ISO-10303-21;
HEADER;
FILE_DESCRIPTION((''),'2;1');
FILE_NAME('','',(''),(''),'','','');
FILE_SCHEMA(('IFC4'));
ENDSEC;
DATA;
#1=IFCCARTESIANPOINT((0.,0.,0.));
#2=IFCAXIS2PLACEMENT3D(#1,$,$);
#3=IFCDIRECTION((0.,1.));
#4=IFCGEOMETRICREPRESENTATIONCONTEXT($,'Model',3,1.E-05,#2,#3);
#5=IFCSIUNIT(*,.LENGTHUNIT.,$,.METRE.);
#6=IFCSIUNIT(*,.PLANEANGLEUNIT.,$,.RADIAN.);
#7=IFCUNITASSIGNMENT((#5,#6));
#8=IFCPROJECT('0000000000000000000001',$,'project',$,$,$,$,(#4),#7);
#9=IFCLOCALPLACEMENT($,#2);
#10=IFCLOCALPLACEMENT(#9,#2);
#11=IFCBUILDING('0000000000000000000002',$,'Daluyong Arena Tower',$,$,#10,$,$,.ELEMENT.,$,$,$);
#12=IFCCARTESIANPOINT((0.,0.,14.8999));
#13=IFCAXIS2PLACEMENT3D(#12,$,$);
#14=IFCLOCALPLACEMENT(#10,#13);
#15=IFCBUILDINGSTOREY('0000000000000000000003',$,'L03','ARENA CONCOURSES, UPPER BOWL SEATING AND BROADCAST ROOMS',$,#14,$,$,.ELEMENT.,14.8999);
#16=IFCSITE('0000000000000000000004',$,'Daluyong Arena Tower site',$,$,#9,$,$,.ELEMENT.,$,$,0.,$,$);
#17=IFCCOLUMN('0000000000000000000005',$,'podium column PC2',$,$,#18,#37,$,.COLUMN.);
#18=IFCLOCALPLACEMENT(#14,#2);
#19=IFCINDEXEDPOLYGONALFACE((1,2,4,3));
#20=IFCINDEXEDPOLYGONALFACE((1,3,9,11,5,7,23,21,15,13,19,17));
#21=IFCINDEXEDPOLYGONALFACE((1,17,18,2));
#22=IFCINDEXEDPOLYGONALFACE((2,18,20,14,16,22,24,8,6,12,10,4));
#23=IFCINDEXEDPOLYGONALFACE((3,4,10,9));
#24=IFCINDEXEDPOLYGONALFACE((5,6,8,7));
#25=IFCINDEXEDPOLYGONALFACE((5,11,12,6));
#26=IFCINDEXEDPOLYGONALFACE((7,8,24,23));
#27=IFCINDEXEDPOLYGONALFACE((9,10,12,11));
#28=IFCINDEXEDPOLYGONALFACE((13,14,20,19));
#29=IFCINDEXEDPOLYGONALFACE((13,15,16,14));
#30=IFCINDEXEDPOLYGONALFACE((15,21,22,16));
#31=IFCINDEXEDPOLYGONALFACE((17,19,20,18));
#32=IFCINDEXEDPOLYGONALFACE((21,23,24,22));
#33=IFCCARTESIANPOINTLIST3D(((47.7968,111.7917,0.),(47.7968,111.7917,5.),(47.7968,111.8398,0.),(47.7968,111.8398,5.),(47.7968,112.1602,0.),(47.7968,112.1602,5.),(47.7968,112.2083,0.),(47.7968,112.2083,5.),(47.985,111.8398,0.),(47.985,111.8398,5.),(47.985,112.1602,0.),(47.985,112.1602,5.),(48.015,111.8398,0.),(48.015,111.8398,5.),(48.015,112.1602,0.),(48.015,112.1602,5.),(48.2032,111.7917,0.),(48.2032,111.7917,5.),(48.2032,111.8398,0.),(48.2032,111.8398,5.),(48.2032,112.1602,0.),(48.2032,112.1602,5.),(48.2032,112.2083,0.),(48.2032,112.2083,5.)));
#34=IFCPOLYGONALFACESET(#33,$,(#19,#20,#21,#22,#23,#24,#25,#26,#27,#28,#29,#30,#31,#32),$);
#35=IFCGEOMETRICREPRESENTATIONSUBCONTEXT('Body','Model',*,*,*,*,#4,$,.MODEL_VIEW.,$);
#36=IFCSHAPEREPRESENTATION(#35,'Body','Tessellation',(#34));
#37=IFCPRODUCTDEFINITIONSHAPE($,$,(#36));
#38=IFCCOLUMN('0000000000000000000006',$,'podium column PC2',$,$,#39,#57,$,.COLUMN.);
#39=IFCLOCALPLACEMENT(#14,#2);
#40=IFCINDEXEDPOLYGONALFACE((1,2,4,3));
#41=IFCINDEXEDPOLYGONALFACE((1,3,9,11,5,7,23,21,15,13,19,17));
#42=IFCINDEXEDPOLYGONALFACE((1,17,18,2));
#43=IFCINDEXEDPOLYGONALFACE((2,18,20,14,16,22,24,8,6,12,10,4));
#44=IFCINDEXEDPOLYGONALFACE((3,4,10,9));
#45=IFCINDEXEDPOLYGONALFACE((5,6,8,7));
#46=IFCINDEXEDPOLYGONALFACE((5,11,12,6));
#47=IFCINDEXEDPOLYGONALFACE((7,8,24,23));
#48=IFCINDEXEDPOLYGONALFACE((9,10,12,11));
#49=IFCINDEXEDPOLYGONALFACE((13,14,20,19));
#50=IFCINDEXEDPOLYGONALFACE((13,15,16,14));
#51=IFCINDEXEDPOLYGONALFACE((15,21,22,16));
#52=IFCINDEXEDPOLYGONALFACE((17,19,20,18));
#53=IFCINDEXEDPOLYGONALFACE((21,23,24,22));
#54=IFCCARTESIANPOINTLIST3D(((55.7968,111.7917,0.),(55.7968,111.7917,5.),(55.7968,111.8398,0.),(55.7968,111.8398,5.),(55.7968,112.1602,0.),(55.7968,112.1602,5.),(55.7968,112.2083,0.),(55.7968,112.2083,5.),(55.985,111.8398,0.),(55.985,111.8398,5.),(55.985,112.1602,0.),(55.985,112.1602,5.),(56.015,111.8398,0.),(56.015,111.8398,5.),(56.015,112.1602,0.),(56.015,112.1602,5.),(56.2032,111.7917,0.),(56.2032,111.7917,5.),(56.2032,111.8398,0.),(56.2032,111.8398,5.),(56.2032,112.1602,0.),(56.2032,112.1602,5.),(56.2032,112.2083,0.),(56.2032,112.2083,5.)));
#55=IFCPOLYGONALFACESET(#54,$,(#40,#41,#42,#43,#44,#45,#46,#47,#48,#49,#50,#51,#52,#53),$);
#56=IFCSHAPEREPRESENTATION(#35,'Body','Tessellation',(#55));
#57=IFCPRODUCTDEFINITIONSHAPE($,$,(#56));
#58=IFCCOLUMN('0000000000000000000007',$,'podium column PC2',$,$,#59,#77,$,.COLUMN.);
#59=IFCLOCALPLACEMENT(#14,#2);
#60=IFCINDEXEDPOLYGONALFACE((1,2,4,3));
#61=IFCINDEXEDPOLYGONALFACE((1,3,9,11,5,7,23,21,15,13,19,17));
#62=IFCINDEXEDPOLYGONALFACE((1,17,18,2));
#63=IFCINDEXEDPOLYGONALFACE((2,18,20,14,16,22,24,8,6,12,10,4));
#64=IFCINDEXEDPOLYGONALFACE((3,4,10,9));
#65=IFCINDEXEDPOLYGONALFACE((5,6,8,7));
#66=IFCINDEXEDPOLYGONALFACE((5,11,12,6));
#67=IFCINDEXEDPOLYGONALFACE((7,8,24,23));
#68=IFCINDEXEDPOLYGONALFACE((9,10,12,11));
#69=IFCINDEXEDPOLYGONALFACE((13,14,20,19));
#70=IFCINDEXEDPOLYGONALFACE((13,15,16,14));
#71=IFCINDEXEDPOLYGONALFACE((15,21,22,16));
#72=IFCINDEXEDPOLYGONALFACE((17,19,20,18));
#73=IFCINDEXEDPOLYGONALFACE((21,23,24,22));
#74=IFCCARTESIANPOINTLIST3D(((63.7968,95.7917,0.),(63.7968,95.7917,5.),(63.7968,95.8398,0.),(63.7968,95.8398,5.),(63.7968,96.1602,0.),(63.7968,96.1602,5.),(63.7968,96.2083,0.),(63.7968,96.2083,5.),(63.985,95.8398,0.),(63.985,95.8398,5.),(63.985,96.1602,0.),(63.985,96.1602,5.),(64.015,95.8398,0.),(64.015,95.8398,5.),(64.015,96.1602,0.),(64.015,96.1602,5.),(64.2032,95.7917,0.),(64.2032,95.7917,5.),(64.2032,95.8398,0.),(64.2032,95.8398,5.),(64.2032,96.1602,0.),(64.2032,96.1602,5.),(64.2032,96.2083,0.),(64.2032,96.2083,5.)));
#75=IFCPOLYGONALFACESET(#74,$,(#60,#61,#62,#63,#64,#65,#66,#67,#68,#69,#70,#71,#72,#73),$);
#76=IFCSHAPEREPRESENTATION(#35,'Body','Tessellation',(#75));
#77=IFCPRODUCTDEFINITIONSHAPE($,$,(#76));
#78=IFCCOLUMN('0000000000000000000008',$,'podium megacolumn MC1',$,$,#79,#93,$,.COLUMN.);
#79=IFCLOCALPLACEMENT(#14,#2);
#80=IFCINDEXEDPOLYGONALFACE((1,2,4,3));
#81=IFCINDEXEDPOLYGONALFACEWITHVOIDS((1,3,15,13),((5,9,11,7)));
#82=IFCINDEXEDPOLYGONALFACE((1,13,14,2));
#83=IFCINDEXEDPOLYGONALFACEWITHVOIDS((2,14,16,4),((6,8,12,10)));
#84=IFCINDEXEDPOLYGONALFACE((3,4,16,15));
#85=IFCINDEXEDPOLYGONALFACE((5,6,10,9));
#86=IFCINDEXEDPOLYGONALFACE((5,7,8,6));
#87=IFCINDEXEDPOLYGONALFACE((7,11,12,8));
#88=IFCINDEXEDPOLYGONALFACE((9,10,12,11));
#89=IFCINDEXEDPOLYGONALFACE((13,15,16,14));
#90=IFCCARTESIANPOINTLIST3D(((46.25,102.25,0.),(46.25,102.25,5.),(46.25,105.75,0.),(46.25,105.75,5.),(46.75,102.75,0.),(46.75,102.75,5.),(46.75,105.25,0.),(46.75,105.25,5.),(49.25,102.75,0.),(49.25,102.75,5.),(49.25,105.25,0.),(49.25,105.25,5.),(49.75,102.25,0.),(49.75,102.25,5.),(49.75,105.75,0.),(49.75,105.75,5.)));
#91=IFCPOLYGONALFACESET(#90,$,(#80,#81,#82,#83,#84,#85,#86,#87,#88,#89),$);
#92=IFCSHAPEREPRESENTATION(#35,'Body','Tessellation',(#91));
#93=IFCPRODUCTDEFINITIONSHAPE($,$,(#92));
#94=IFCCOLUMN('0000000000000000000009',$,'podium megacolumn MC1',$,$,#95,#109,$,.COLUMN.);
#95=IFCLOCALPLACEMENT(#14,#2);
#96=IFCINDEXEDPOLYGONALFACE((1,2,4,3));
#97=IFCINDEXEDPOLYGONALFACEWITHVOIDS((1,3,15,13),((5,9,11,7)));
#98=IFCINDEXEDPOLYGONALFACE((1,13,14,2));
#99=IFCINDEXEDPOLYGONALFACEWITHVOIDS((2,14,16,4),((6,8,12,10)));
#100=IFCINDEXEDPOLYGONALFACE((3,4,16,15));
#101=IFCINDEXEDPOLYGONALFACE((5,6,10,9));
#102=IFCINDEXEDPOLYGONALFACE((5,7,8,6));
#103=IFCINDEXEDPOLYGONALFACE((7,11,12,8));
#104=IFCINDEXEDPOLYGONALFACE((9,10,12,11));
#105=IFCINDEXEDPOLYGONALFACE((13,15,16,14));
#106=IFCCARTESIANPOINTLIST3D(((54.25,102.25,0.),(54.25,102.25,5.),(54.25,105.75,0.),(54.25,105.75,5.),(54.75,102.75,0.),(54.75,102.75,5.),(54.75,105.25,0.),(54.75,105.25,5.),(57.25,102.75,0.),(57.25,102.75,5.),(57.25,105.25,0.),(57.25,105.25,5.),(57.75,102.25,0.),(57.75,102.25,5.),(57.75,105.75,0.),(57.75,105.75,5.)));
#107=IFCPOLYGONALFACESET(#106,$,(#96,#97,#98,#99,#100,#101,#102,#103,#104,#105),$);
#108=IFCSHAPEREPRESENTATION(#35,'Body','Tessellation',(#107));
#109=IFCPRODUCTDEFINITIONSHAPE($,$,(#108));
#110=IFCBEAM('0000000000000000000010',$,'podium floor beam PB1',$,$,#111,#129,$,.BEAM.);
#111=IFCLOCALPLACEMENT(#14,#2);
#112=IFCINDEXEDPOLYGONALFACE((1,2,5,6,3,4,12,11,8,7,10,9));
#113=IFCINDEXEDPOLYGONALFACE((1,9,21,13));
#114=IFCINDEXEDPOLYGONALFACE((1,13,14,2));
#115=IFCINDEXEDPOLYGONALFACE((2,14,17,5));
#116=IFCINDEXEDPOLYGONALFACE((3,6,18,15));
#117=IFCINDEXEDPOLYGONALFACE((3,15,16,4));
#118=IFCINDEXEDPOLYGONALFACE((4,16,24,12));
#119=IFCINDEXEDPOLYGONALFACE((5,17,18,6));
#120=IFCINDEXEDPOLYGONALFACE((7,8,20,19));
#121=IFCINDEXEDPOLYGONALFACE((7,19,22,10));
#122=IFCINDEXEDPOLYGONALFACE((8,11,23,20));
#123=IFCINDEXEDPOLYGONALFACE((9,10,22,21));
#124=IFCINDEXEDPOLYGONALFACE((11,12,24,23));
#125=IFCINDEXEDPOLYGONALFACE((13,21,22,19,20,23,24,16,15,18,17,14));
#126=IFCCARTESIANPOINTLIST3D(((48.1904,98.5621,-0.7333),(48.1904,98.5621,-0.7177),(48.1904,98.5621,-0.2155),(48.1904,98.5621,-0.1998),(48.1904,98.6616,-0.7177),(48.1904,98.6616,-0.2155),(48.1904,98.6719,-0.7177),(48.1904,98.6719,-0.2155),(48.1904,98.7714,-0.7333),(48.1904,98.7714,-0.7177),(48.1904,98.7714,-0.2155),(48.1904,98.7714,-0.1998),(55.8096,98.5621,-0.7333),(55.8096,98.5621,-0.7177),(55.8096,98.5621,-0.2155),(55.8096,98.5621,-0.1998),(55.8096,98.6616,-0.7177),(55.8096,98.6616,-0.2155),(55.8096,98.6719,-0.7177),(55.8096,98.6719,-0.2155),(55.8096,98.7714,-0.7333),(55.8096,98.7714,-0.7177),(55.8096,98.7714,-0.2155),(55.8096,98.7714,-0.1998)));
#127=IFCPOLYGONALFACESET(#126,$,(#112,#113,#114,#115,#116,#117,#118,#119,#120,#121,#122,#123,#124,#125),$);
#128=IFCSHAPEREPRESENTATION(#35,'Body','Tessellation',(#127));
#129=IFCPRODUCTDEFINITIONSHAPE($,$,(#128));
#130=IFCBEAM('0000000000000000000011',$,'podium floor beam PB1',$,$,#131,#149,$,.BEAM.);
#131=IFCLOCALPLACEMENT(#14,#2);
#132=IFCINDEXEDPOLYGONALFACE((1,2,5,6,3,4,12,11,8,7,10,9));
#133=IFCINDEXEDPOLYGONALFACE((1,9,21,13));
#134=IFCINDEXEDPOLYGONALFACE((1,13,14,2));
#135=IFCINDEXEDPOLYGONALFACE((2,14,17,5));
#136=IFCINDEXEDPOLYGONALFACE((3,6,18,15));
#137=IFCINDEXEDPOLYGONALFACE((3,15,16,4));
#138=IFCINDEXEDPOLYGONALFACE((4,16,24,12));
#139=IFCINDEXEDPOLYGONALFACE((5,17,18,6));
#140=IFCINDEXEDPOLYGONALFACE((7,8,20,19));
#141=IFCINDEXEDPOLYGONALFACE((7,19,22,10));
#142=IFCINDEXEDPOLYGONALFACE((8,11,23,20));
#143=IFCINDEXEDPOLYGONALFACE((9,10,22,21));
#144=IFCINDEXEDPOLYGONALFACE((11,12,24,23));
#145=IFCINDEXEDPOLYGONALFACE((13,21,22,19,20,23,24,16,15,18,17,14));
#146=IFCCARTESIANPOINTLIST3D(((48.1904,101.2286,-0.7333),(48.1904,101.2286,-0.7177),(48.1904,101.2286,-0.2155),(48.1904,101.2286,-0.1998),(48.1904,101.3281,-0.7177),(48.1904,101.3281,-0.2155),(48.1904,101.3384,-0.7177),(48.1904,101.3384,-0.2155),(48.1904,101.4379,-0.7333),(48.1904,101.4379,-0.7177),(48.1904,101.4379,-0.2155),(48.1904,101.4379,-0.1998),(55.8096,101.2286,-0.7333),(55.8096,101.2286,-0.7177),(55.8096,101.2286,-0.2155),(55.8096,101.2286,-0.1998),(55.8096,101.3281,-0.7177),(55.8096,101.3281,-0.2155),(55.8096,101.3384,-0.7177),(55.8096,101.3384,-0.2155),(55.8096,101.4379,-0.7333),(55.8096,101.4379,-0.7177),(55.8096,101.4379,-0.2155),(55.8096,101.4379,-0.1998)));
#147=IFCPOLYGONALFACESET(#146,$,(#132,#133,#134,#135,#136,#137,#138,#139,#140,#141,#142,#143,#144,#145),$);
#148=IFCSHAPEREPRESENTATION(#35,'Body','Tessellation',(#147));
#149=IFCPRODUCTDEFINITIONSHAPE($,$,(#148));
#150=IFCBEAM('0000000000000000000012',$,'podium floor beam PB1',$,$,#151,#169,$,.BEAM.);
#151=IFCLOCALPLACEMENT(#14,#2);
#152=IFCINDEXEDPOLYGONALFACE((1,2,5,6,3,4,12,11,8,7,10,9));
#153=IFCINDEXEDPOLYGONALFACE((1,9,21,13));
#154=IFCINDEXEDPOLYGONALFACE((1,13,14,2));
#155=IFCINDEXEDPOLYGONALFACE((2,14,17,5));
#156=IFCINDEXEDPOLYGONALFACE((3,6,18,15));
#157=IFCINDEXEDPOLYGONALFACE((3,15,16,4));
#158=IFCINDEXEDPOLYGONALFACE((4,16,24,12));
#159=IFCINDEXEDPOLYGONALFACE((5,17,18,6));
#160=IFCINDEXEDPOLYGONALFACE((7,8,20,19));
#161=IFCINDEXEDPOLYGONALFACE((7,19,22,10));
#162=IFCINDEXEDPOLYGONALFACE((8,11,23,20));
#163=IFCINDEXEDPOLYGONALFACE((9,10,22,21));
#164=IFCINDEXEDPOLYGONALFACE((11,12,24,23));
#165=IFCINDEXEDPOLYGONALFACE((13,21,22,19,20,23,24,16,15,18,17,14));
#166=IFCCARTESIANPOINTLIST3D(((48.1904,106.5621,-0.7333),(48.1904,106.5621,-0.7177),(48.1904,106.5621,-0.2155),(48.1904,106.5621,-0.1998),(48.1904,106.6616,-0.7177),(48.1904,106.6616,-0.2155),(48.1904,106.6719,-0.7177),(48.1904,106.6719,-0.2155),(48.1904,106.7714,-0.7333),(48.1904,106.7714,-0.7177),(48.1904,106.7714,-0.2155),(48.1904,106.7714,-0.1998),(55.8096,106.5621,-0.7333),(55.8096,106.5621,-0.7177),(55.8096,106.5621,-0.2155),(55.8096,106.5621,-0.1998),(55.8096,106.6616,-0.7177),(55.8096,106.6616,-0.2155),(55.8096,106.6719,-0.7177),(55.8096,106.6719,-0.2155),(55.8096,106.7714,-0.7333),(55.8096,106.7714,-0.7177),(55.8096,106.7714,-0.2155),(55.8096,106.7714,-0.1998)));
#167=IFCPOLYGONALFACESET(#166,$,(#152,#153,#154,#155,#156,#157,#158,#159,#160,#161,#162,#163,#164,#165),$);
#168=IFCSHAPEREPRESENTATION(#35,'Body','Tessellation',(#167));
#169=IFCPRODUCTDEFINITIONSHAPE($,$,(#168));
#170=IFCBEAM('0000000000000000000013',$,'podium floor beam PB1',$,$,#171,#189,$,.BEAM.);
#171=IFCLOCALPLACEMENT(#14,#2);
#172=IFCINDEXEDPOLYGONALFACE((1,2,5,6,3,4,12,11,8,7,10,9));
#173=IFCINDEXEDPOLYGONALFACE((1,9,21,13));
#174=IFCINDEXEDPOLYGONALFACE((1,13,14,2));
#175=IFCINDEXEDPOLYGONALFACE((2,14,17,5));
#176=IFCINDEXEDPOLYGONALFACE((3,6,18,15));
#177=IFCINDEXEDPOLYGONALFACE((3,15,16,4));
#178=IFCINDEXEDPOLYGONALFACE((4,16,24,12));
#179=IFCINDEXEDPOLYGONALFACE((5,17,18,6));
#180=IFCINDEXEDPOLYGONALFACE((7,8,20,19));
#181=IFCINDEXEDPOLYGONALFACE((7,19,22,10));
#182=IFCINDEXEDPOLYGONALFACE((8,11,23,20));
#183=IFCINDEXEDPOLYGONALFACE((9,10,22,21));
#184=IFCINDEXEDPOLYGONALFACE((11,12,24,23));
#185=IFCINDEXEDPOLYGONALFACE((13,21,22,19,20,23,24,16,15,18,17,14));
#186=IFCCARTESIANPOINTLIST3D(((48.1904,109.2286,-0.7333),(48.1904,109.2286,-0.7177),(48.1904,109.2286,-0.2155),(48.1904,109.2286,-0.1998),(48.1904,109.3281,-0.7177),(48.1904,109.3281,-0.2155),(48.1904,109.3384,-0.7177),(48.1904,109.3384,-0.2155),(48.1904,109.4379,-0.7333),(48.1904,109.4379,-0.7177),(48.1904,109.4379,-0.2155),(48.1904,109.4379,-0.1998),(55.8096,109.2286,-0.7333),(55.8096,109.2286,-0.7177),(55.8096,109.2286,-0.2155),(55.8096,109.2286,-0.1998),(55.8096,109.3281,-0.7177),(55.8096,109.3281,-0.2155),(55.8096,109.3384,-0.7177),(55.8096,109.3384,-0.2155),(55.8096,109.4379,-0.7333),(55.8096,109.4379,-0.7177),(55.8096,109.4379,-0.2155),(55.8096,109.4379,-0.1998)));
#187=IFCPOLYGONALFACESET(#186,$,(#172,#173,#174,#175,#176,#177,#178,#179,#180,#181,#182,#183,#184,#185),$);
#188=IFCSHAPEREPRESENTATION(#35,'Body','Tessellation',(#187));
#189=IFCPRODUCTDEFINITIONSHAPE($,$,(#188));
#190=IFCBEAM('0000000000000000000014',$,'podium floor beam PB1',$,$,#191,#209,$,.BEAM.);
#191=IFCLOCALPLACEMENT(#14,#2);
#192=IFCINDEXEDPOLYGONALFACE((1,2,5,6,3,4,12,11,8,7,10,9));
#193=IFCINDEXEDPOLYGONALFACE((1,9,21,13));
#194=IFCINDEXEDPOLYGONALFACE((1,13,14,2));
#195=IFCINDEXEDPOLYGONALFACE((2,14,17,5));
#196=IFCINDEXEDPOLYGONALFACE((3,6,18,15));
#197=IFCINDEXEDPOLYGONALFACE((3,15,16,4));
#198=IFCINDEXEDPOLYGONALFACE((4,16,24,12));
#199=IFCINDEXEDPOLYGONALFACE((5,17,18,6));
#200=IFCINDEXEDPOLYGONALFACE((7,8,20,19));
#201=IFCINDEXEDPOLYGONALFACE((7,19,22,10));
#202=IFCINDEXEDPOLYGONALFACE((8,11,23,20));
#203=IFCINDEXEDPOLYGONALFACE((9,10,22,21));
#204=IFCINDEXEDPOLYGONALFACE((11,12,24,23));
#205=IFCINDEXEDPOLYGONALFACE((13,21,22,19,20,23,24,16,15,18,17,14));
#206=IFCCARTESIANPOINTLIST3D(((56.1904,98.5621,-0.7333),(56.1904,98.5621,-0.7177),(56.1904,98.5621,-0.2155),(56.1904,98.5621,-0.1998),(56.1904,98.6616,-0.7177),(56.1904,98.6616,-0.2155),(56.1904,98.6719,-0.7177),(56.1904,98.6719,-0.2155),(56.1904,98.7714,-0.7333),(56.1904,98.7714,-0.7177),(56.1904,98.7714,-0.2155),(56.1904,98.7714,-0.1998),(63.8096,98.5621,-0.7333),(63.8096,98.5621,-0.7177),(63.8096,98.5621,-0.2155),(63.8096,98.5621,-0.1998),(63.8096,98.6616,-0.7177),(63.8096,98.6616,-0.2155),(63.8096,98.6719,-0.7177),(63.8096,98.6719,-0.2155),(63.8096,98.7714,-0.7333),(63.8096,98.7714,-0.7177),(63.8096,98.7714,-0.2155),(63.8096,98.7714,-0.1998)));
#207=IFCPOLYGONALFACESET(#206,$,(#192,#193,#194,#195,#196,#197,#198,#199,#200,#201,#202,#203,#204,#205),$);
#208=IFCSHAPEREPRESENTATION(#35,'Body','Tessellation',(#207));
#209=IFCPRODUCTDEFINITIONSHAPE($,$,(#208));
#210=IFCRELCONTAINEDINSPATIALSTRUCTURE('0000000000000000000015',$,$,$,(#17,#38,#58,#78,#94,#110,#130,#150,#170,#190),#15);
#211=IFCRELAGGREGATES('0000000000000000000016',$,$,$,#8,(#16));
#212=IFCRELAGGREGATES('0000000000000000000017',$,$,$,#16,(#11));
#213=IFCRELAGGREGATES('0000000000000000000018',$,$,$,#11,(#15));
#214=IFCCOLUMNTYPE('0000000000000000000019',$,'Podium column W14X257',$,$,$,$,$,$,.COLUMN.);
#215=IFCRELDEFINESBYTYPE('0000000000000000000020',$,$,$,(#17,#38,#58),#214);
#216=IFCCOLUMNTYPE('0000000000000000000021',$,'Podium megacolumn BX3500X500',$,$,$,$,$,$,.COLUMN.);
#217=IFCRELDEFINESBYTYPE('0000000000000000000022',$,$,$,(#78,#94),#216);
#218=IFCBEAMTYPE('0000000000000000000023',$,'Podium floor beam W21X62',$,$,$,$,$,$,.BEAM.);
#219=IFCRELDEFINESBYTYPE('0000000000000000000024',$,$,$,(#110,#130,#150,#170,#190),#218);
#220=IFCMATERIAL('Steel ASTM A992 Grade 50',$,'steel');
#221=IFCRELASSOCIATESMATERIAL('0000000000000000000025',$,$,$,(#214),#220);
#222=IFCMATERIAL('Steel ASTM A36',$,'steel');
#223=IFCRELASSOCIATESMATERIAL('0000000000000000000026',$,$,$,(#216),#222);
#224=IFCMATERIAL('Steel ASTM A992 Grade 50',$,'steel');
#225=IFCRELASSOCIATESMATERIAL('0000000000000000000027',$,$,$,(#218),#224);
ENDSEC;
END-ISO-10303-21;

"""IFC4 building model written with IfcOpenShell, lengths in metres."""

from ifc_helpers import new_model, si_unit, direction, frame, origin, origin_2d, place, context, subcontext, project, spatial, hollow_rectangle, i_section, extrude, material, material_profile, profile_set, type_object, element, save


model = new_model("IFC4")

# Units and contexts
model_context = context("Model", 3, precision=1e-05, world=origin(), true_north=direction((0.0, 1.0)))
body_context = subcontext(model_context, "Body", "Model", "MODEL_VIEW")
ifc_project = project(units=[si_unit("LENGTHUNIT", "METRE"), si_unit("PLANEANGLEUNIT", "RADIAN")], contexts=[model_context])

# Site, building, storey
site_placement = place(None, origin())
site = spatial("IfcSite", under=ifc_project, at=site_placement, Name="Daluyong Arena Tower site", CompositionType="ELEMENT", RefElevation=0.0)
building_placement = place(site_placement, origin())
building = spatial("IfcBuilding", under=site, at=building_placement, Name="Daluyong Arena Tower", CompositionType="ELEMENT")
storey_placement = place(building_placement, frame((0.0, 0.0, 14.8999)))
storey = spatial("IfcBuildingStorey", under=building, at=storey_placement, Name="L03", Description="ARENA CONCOURSES, UPPER BOWL SEATING AND BROADCAST ROOMS", CompositionType="ELEMENT", Elevation=14.8999)

# Columns
ifc_material_1 = material(Name="Steel ASTM A992 Grade 50", Category="steel")
ifc_material_profile_1 = material_profile(ifc_material_1, i_section(OverallWidth=0.4065, OverallDepth=0.4165, WebThickness=0.03, FlangeThickness=0.0481, at=origin_2d()))
ifc_profile_set_1 = profile_set([ifc_material_profile_1], Name="Steel ASTM A992 Grade 50")
column_type_1 = type_object("IfcColumnType", Name="Podium column W14X257", PredefinedType="COLUMN", material=ifc_profile_set_1)
for number, where, z_axis, x_axis, name in (
    (1, (48.0, 112.0, 0.0), (0.0, 0.0, 1.0), (1.0, 0.0, 0.0), "podium column PC2"),
    (2, (56.0, 112.0, 0.0), (0.0, 0.0, 1.0), (1.0, 0.0, 0.0), "podium column PC2"),
    (3, (64.0, 96.0, 0.0), (0.0, 0.0, 1.0), (1.0, 0.0, 0.0), "podium column PC2"),
):
    element("IfcColumn", number, at=place(storey_placement, frame(where, z_axis=z_axis, x_axis=x_axis)), inside=storey, type_object=column_type_1, Name=name, PredefinedType="COLUMN", context=body_context, shape_type="SweptSolid", body=[
        extrude(i_section(OverallWidth=0.4065, OverallDepth=0.4165, WebThickness=0.03, FlangeThickness=0.0481, at=origin_2d()), origin(), (0.0, 0.0, 1.0), 5.0),
    ])
ifc_material_2 = material(Name="Steel ASTM A36", Category="steel")
ifc_material_profile_2 = material_profile(ifc_material_2, hollow_rectangle(XDim=3.5, YDim=3.5, WallThickness=0.5, at=origin_2d()))
ifc_profile_set_2 = profile_set([ifc_material_profile_2], Name="Steel ASTM A36")
column_type_2 = type_object("IfcColumnType", Name="Podium megacolumn BX3500X500", PredefinedType="COLUMN", material=ifc_profile_set_2)
for number, where, z_axis, x_axis, name in (
    (4, (48.0, 104.0, 0.0), (0.0, 0.0, 1.0), (1.0, 0.0, 0.0), "podium megacolumn MC1"),
    (5, (56.0, 104.0, 0.0), (0.0, 0.0, 1.0), (1.0, 0.0, 0.0), "podium megacolumn MC1"),
):
    element("IfcColumn", number, at=place(storey_placement, frame(where, z_axis=z_axis, x_axis=x_axis)), inside=storey, type_object=column_type_2, Name=name, PredefinedType="COLUMN", context=body_context, shape_type="SweptSolid", body=[
        extrude(hollow_rectangle(XDim=3.5, YDim=3.5, WallThickness=0.5, at=origin_2d()), origin(), (0.0, 0.0, 1.0), 5.0),
    ])

# Beams
ifc_material_3 = material(Name="Steel ASTM A992 Grade 50", Category="steel")
ifc_material_profile_3 = material_profile(ifc_material_3, i_section(OverallWidth=0.2092, OverallDepth=0.5334, WebThickness=0.0103, FlangeThickness=0.0156, at=origin_2d()))
ifc_profile_set_3 = profile_set([ifc_material_profile_3], Name="Steel ASTM A992 Grade 50")
beam_type_1 = type_object("IfcBeamType", Name="Podium floor beam W21X62", PredefinedType="BEAM", material=ifc_profile_set_3)
for number, where, z_axis, x_axis, name in (
    (6, (48.1904, 98.6667, -0.4666), (1.0, 0.0, 0.0), (0.0, 1.0, 0.0), "podium floor beam PB1"),
    (7, (48.1904, 101.3333, -0.4666), (1.0, 0.0, 0.0), (0.0, 1.0, 0.0), "podium floor beam PB1"),
    (8, (48.1904, 106.6667, -0.4666), (1.0, 0.0, 0.0), (0.0, 1.0, 0.0), "podium floor beam PB1"),
    (9, (48.1904, 109.3333, -0.4666), (1.0, 0.0, 0.0), (0.0, 1.0, 0.0), "podium floor beam PB1"),
    (10, (56.1904, 98.6667, -0.4666), (1.0, 0.0, 0.0), (0.0, 1.0, 0.0), "podium floor beam PB1"),
):
    element("IfcBeam", number, at=place(storey_placement, frame(where, z_axis=z_axis, x_axis=x_axis)), inside=storey, type_object=beam_type_1, Name=name, PredefinedType="BEAM", context=body_context, shape_type="SweptSolid", body=[
        extrude(i_section(OverallWidth=0.2092, OverallDepth=0.5334, WebThickness=0.0103, FlangeThickness=0.0156, at=origin_2d()), origin(), (0.0, 0.0, 1.0), 7.6191),
    ])

save(model, "model.ifc")
